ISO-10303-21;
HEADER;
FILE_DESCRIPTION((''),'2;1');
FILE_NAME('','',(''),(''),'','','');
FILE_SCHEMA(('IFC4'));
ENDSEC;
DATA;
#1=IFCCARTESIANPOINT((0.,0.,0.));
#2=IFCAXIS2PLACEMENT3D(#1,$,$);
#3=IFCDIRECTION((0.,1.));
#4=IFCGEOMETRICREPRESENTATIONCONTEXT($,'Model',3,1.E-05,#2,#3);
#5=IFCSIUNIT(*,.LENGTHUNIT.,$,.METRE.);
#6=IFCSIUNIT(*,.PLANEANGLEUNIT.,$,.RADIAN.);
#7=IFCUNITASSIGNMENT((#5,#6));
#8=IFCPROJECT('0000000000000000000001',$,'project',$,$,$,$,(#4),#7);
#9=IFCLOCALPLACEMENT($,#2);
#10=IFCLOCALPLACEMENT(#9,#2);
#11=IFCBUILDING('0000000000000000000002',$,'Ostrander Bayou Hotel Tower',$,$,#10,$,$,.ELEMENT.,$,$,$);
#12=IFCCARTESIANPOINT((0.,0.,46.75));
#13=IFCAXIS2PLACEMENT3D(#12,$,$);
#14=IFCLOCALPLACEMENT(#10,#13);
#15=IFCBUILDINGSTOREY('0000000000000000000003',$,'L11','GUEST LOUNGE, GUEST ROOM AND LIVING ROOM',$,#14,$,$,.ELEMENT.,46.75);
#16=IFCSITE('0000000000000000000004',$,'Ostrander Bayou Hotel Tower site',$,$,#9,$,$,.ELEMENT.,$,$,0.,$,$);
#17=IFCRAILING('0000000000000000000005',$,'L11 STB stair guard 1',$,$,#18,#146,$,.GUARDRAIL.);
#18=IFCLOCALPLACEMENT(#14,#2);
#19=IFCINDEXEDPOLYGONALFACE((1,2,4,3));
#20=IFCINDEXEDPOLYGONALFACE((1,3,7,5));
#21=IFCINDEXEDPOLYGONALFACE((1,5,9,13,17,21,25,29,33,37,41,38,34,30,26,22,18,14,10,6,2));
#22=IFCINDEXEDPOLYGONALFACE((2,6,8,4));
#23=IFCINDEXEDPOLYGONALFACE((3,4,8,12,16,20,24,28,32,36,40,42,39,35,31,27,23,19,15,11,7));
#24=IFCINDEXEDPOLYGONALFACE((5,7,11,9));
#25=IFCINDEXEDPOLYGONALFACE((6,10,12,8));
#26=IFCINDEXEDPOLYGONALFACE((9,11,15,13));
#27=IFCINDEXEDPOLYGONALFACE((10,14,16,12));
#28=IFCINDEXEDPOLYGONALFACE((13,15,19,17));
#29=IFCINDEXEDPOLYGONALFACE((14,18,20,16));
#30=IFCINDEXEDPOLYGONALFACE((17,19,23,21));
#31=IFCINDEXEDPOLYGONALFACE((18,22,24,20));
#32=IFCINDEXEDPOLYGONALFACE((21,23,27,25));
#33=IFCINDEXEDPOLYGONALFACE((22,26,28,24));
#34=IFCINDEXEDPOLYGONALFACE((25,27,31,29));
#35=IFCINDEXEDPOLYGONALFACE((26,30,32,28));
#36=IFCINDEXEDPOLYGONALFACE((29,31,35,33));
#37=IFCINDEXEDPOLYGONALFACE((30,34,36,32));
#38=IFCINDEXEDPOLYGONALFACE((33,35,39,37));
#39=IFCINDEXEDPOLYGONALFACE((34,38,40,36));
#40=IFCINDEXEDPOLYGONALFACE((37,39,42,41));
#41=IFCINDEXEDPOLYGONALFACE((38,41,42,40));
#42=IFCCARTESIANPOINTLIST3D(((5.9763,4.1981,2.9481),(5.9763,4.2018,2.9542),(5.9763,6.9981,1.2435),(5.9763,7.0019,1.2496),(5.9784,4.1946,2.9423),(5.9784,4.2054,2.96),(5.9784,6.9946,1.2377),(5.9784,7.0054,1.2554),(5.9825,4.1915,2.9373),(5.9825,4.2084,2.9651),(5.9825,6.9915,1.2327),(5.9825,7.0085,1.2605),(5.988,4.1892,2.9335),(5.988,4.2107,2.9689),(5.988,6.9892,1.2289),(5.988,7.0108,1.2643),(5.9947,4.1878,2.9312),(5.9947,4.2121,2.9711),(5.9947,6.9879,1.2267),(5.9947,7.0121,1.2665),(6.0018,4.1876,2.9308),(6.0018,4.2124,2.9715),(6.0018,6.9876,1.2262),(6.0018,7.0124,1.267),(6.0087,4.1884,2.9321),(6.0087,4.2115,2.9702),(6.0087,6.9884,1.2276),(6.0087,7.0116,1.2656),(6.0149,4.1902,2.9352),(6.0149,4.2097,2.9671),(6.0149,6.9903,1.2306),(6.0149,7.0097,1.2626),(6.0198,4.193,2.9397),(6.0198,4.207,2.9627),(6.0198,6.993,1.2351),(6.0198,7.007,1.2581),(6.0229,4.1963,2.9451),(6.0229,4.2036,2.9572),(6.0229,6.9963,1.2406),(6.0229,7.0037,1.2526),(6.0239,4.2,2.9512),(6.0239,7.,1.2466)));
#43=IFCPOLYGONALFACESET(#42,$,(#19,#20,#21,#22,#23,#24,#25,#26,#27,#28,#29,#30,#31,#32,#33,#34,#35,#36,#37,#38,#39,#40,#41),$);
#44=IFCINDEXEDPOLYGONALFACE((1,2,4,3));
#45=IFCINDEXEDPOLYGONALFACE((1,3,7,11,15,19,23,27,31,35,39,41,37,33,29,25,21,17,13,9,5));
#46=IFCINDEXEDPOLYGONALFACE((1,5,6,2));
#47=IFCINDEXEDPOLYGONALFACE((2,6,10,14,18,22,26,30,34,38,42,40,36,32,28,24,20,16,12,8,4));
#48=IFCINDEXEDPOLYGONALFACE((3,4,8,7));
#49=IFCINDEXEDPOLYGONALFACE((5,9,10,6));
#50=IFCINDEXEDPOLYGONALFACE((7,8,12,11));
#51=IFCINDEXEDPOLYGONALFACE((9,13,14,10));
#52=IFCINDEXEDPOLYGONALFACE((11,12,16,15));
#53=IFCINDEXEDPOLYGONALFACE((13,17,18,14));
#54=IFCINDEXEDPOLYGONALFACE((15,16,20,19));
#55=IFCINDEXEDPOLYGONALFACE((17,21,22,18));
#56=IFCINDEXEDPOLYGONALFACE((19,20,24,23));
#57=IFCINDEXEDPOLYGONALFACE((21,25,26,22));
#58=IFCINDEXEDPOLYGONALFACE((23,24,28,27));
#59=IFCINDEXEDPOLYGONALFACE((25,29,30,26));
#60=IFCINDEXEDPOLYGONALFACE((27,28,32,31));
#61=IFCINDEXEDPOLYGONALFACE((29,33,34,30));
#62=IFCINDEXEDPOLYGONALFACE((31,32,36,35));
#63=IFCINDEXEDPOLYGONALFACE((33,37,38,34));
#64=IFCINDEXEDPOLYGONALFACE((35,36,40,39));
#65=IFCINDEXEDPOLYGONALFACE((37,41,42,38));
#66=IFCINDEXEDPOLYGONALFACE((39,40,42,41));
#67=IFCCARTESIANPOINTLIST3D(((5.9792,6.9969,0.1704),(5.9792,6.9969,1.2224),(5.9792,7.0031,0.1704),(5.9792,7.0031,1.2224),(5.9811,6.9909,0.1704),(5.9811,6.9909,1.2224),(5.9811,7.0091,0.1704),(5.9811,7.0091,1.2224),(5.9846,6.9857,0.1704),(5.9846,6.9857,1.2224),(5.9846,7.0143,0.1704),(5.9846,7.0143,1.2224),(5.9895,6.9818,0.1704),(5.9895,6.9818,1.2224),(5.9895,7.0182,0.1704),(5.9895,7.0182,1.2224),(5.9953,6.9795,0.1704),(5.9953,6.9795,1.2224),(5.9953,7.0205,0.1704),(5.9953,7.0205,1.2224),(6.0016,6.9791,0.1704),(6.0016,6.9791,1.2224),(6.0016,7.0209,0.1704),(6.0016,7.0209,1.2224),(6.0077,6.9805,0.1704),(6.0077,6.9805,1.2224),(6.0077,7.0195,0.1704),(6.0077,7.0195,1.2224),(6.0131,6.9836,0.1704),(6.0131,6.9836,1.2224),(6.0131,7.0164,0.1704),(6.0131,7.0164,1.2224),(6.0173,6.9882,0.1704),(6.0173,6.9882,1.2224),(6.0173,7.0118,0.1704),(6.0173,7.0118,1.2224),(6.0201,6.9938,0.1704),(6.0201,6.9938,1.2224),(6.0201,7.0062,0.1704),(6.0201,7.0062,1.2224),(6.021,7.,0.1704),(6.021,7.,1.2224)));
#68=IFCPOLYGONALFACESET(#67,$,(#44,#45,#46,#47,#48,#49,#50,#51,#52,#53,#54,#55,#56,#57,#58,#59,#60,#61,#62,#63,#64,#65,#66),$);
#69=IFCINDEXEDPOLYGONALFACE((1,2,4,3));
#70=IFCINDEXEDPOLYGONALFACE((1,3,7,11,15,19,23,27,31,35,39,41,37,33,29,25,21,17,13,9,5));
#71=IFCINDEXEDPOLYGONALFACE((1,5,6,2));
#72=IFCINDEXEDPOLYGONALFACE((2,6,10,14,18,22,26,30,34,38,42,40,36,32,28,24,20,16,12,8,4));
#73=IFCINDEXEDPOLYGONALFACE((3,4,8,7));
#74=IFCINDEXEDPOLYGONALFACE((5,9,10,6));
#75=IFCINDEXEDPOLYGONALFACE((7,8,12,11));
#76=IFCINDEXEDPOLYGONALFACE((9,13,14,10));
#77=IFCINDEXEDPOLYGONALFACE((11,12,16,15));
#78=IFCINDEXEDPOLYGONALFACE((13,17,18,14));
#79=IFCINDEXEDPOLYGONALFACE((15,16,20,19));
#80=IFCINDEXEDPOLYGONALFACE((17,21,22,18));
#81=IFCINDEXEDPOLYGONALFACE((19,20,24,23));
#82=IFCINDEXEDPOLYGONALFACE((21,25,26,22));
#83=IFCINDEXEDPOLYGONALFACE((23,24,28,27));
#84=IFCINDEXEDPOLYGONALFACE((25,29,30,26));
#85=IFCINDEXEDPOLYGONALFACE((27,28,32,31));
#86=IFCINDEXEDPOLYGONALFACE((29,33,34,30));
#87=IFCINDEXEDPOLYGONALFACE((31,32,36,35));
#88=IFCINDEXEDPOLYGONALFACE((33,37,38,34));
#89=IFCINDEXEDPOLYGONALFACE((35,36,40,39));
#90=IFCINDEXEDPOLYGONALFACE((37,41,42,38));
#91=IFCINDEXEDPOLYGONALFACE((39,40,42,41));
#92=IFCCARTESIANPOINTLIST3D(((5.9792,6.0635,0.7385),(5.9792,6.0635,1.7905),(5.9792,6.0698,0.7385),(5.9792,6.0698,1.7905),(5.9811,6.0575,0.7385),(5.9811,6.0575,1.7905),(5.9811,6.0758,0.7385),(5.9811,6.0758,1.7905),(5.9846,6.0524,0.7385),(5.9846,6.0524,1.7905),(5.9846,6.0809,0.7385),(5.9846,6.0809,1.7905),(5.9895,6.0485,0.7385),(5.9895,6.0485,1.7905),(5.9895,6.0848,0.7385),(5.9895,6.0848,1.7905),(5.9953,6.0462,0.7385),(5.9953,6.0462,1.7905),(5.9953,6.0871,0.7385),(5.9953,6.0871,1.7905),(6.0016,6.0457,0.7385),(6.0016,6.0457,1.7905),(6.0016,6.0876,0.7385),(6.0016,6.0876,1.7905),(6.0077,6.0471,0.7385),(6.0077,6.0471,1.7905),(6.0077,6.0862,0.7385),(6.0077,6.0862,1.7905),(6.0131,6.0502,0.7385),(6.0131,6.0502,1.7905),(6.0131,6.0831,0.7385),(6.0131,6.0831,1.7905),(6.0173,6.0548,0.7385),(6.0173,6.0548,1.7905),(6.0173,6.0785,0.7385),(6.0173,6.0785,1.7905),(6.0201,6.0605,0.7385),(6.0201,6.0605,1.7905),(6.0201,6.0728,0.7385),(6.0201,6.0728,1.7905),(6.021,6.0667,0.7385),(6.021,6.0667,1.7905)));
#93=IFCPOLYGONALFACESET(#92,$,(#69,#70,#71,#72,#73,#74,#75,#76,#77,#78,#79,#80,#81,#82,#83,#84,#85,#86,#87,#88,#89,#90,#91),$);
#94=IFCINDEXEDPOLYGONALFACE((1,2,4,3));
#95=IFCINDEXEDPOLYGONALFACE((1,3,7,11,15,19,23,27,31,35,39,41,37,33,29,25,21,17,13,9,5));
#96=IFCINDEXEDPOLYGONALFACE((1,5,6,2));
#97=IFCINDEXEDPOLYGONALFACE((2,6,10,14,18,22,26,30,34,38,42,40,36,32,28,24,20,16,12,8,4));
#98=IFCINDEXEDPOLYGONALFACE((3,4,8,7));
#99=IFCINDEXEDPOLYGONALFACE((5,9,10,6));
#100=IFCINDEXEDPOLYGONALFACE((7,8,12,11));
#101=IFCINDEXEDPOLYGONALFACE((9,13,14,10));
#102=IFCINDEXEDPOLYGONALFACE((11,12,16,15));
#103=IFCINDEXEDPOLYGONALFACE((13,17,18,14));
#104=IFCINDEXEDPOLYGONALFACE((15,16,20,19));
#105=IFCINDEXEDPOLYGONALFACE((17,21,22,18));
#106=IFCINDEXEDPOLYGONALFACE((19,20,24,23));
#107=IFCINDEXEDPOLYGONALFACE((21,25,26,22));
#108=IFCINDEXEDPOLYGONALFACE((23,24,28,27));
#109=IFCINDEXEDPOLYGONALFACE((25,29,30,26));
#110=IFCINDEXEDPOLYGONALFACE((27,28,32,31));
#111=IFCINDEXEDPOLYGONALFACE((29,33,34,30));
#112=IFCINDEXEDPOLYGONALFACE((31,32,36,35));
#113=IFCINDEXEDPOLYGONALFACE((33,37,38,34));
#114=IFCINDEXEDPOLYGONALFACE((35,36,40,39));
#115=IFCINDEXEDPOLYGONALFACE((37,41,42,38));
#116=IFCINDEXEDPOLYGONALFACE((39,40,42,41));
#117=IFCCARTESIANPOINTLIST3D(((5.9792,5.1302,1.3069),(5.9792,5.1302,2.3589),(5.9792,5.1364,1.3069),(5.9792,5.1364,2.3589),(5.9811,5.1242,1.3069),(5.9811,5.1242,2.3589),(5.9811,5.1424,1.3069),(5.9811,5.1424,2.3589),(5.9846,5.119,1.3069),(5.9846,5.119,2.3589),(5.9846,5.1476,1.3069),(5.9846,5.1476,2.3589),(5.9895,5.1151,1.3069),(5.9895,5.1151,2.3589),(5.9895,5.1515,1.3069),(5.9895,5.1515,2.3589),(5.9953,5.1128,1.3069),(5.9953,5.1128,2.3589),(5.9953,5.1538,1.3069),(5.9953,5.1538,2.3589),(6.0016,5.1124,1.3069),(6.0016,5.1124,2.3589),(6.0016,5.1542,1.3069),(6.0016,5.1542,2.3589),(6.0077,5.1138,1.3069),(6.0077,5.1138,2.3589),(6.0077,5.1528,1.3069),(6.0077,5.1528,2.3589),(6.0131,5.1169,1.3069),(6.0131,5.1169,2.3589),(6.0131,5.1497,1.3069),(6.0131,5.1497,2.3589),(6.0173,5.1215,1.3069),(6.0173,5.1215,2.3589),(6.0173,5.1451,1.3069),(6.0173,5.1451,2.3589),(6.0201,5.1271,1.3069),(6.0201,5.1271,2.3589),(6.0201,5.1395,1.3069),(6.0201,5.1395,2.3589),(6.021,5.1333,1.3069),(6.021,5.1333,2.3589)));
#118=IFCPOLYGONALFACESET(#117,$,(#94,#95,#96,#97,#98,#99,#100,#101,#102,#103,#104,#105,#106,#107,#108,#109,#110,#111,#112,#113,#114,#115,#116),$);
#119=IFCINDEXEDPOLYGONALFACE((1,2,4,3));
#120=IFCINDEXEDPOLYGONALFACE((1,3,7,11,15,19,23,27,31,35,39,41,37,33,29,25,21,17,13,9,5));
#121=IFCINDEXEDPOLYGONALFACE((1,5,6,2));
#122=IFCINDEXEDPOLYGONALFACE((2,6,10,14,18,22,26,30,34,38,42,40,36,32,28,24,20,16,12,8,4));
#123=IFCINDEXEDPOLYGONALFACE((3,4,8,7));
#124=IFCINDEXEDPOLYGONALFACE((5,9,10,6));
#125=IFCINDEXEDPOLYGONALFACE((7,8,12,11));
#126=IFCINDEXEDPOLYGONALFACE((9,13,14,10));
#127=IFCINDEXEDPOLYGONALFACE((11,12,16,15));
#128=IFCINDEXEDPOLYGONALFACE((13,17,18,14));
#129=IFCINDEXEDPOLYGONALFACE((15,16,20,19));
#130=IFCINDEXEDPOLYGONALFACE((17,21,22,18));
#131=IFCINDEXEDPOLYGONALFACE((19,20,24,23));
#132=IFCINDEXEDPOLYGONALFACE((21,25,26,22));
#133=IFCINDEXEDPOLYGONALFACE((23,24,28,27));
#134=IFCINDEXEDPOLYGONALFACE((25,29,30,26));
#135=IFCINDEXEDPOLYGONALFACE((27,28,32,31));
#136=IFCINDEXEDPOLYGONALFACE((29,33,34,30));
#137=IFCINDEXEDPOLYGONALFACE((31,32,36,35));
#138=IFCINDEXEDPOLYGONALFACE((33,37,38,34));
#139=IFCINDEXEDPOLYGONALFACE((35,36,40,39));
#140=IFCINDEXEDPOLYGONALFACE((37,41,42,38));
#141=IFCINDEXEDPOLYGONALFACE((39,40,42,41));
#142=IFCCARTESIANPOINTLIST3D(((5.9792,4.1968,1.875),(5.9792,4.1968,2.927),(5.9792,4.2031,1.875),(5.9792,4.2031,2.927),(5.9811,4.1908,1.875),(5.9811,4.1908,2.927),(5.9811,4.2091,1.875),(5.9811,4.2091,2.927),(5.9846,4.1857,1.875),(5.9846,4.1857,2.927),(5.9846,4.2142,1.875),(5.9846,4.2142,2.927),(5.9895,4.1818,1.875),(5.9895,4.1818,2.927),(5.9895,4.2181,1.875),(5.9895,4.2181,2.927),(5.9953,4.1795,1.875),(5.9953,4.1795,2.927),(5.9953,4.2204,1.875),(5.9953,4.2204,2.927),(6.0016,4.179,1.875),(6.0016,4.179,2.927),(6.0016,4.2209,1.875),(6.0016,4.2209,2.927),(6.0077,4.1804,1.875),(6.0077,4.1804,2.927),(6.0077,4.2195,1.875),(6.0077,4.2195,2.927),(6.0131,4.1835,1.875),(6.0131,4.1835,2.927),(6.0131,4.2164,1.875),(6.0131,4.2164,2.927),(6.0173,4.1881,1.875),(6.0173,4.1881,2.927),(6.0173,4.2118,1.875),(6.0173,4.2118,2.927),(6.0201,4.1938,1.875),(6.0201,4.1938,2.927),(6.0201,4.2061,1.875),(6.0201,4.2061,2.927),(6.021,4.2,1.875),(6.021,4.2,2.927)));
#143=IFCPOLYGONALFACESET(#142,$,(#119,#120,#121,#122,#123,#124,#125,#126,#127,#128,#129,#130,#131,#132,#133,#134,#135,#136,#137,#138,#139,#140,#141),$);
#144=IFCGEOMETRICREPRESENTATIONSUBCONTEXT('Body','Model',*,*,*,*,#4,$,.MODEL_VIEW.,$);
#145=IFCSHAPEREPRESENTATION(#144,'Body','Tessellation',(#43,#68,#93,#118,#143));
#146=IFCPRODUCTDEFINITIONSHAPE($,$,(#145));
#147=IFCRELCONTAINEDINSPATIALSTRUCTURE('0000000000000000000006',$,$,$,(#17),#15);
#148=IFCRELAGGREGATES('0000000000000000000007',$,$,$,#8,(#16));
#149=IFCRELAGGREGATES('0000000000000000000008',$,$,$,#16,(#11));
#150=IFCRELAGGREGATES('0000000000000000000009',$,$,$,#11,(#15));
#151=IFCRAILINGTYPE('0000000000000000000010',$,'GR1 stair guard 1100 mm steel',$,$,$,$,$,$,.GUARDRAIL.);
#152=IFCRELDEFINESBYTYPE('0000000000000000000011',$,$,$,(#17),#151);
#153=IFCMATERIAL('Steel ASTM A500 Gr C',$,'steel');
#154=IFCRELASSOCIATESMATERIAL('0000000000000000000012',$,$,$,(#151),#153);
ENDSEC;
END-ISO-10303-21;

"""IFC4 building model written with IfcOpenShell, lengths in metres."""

from ifc_helpers import new_model, si_unit, direction, frame, origin, origin_2d, place, context, subcontext, project, spatial, circle, extrude, material, type_object, element, save


model = new_model("IFC4")

# Units and contexts
model_context = context("Model", 3, precision=1e-05, world=origin(), true_north=direction((0.0, 1.0)))
body_context = subcontext(model_context, "Body", "Model", "MODEL_VIEW")
ifc_project = project(units=[si_unit("LENGTHUNIT", "METRE"), si_unit("PLANEANGLEUNIT", "RADIAN")], contexts=[model_context])

# Site, building, storey
site_placement = place(None, origin())
site = spatial("IfcSite", under=ifc_project, at=site_placement, Name="Ostrander Bayou Hotel Tower site", CompositionType="ELEMENT", RefElevation=0.0)
building_placement = place(site_placement, origin())
building = spatial("IfcBuilding", under=site, at=building_placement, Name="Ostrander Bayou Hotel Tower", CompositionType="ELEMENT")
storey_placement = place(building_placement, frame((0.0, 0.0, 46.75)))
storey = spatial("IfcBuildingStorey", under=building, at=storey_placement, Name="L11", Description="GUEST LOUNGE, GUEST ROOM AND LIVING ROOM", CompositionType="ELEMENT", Elevation=46.75)

# Railing
ifc_material_1 = material(Name="Steel ASTM A500 Gr C", Category="steel")
railing_type_1 = type_object("IfcRailingType", Name="GR1 stair guard 1100 mm steel", PredefinedType="GUARDRAIL", material=ifc_material_1)
railing_1_placement = place(storey_placement, frame((6.0, 7.0, 0.1704)))
element("IfcRailing", 1, at=railing_1_placement, inside=storey, type_object=railing_type_1, Name="L11 STB stair guard 1", PredefinedType="GUARDRAIL", context=body_context, shape_type="SweptSolid", body=[
    extrude(circle(Radius=0.0239, at=origin_2d()), frame((0.0, 0.0, 1.0762), z_axis=(0.0, -0.85417, 0.519994), x_axis=(1.0, 0.0, 0.0)), (0.0, 0.0, 1.0), 3.2781),
    extrude(circle(Radius=0.021, at=origin_2d()), origin(), (0.0, 0.0, 1.0), 1.052),
    extrude(circle(Radius=0.021, at=origin_2d()), frame((0.0, -0.9333, 0.5681)), (0.0, 0.0, 1.0), 1.052),
    extrude(circle(Radius=0.021, at=origin_2d()), frame((0.0, -1.8667, 1.1365)), (0.0, 0.0, 1.0), 1.052),
    extrude(circle(Radius=0.021, at=origin_2d()), frame((0.0, -2.8, 1.7046)), (0.0, 0.0, 1.0), 1.052),
])

save(model, "model.ifc")
